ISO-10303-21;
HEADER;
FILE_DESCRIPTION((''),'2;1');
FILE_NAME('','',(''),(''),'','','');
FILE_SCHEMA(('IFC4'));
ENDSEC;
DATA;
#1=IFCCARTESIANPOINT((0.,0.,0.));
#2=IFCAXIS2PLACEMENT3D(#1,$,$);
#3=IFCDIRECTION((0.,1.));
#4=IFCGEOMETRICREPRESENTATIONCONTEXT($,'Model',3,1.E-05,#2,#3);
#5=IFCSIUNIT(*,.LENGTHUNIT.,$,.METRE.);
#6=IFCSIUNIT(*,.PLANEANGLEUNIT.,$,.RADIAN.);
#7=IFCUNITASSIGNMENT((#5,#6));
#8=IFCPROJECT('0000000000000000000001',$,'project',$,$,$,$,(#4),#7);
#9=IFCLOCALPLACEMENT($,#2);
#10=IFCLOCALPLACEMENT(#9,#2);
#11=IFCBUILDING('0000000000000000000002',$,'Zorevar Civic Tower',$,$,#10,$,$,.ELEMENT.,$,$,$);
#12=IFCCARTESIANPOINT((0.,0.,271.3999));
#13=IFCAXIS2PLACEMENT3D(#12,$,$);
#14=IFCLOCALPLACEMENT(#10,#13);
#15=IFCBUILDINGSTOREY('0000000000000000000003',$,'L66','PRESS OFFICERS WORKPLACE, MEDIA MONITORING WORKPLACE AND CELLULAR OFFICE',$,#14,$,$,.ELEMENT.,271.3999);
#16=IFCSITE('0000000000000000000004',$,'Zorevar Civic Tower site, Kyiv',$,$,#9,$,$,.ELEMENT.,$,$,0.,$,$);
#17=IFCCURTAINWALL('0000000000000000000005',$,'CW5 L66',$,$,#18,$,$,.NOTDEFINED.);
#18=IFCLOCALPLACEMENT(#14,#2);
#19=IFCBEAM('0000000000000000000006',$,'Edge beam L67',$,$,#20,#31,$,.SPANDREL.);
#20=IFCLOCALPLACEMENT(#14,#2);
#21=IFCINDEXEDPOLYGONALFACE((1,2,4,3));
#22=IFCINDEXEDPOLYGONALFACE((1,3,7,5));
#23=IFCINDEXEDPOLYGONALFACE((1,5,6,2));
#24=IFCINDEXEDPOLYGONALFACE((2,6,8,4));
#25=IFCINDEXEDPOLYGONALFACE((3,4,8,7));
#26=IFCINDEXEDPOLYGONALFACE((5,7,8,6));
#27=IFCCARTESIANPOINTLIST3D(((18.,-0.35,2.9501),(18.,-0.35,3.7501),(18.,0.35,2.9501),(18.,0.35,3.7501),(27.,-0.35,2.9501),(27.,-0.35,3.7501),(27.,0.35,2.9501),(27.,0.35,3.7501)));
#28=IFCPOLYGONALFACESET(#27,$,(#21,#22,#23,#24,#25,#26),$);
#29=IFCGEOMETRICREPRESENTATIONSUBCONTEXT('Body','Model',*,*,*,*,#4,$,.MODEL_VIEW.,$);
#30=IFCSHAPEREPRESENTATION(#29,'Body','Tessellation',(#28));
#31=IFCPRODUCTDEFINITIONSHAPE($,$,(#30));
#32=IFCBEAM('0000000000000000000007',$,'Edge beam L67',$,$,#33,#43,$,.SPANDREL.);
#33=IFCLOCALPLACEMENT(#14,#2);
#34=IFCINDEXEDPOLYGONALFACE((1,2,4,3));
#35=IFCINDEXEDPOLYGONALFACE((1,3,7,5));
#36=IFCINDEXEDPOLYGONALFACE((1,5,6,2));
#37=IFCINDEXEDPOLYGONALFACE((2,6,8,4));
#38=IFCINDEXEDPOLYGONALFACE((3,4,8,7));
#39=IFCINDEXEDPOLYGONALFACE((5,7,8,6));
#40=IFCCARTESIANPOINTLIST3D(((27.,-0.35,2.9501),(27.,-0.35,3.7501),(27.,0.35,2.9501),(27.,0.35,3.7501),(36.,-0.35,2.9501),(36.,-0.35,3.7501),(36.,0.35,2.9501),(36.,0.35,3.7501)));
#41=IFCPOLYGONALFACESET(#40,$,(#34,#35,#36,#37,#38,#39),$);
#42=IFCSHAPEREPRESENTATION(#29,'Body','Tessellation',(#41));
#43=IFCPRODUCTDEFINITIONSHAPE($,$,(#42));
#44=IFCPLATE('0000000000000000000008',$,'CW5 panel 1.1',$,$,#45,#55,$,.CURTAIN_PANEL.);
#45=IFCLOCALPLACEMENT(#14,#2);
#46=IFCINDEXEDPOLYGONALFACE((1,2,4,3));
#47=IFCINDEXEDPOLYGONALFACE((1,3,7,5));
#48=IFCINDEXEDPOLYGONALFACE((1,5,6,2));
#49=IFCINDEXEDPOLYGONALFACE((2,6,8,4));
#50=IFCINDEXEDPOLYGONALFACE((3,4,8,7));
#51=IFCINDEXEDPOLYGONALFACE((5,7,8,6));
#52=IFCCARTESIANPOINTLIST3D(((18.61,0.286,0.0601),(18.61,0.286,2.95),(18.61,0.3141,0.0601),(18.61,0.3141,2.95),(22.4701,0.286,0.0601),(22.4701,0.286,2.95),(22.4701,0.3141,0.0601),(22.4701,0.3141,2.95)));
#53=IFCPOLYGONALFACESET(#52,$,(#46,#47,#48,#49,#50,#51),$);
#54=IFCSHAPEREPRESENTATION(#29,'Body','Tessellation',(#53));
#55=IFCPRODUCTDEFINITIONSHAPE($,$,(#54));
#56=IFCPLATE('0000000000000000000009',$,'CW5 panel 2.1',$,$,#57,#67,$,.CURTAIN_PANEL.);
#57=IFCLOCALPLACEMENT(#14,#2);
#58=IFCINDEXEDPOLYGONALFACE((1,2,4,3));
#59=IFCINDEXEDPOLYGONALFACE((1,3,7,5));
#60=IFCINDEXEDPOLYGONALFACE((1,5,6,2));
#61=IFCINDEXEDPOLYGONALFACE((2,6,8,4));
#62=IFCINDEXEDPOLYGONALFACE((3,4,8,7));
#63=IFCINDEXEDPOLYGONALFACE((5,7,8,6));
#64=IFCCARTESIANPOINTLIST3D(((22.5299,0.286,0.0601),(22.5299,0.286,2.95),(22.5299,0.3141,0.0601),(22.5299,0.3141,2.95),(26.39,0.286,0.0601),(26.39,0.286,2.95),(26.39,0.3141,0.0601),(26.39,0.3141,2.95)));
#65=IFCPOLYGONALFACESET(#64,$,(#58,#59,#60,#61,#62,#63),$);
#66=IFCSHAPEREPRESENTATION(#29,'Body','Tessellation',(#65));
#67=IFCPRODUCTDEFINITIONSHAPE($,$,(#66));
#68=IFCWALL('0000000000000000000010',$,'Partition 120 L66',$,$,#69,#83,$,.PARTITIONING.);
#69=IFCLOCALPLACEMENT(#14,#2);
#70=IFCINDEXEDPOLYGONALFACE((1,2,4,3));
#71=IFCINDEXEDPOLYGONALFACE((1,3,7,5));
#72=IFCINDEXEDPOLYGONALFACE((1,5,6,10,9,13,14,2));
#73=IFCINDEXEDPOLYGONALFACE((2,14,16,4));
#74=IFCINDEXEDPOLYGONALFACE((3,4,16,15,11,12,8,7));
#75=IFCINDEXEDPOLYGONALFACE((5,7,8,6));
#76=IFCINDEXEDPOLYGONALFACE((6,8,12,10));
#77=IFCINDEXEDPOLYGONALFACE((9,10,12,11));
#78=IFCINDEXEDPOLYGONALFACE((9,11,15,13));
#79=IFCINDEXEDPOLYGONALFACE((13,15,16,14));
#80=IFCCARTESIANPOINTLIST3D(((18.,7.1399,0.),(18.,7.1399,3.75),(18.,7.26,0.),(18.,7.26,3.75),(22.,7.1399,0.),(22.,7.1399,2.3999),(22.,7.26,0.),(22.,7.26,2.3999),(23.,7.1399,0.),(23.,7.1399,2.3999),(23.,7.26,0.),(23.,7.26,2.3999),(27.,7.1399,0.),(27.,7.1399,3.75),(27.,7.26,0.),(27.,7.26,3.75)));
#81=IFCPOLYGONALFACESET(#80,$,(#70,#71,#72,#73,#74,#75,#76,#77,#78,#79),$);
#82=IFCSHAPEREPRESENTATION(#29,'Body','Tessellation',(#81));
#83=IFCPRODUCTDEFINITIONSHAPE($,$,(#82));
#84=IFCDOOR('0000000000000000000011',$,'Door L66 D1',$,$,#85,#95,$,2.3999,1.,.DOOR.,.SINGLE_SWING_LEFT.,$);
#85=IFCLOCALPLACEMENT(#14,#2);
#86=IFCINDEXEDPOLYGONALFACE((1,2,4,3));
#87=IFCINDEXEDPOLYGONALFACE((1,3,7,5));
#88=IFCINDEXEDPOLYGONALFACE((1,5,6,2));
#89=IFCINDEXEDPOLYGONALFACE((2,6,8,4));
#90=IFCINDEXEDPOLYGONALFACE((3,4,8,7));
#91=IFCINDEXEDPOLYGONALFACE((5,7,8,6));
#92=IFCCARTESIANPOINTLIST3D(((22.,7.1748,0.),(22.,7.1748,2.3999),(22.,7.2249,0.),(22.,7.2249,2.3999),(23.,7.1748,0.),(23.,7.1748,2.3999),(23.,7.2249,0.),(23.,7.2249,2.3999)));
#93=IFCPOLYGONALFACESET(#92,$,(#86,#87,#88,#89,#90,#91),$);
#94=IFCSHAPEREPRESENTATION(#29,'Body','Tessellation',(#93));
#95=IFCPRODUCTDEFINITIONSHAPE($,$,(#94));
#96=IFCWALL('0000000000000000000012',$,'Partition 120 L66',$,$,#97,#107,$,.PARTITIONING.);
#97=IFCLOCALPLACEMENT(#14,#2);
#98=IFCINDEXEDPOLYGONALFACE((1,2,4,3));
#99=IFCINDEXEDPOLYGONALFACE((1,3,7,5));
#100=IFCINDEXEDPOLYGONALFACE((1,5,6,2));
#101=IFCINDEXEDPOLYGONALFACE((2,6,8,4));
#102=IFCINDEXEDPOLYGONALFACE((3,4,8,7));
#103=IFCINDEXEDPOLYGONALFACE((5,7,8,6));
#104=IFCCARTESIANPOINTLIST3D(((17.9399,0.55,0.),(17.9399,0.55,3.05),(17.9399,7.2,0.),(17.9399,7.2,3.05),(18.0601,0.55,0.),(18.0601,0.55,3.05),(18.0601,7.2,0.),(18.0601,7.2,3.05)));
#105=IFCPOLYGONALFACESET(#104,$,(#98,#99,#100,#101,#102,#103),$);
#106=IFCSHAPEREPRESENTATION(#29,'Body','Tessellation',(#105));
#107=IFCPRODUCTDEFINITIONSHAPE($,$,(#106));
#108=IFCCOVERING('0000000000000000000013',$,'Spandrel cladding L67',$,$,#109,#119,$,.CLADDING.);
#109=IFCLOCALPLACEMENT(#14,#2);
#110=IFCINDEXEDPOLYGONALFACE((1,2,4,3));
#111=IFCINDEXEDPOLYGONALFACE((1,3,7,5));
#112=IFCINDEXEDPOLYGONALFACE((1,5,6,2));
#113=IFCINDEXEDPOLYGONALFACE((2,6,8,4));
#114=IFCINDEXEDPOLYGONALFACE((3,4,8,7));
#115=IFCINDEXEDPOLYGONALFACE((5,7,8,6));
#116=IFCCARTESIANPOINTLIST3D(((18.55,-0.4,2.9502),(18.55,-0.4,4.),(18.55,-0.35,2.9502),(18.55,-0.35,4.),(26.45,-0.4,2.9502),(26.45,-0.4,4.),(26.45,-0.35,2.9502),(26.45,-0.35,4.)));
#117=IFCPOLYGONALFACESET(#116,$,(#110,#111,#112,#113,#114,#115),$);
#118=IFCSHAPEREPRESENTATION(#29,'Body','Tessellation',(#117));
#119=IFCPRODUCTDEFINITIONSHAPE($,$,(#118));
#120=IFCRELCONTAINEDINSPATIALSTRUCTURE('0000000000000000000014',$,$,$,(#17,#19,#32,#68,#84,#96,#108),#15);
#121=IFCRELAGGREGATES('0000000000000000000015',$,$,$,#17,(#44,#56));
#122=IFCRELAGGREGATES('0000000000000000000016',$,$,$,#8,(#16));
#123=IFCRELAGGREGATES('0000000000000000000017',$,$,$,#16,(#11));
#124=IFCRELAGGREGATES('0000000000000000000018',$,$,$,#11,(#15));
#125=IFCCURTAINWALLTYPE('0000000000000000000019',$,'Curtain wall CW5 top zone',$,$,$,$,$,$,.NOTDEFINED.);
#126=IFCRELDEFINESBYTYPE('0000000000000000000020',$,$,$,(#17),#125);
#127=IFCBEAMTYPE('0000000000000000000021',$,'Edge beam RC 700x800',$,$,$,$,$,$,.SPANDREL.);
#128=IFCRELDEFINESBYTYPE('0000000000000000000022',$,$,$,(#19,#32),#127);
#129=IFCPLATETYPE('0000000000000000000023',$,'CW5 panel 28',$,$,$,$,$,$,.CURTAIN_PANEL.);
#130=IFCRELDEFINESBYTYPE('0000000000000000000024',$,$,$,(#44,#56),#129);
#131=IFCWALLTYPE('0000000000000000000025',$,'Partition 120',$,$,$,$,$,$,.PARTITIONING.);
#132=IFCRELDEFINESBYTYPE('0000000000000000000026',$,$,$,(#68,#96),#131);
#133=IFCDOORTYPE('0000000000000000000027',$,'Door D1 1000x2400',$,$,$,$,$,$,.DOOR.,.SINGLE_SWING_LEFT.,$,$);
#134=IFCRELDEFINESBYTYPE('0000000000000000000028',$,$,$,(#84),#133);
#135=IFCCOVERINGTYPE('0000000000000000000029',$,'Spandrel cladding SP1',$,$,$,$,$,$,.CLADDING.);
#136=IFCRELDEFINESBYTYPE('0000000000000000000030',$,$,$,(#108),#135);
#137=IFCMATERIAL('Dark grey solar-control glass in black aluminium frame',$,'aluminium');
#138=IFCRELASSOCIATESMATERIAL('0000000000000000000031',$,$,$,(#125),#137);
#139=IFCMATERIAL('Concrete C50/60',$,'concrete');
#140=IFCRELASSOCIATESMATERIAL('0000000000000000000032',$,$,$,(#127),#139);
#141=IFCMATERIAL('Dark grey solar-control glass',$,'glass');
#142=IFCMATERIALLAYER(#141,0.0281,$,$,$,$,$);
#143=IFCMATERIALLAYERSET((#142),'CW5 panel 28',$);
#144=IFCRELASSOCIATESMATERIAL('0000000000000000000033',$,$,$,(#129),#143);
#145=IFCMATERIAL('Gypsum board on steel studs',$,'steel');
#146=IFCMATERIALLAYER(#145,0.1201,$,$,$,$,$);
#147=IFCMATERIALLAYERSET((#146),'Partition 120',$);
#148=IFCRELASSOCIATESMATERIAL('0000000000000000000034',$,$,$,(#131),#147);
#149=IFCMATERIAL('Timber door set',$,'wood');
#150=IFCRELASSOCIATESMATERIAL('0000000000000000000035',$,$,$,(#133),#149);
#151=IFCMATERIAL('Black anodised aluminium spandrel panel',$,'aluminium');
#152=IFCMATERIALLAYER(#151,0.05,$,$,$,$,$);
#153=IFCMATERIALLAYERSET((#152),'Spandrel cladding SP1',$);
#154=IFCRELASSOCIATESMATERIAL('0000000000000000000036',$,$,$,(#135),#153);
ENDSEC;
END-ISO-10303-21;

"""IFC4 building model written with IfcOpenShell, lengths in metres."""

from ifc_helpers import new_model, si_unit, direction, frame, frame_2d, origin, origin_2d, place, context, subcontext, project, spatial, rectangle, extrude, material, layer, layer_set, material_profile, profile_set, type_object, element, fill, aggregate, save


model = new_model("IFC4")

# Units and contexts
model_context = context("Model", 3, precision=1e-05, world=origin(), true_north=direction((0.0, 1.0)))
body_context = subcontext(model_context, "Body", "Model", "MODEL_VIEW")
ifc_project = project(units=[si_unit("LENGTHUNIT", "METRE"), si_unit("PLANEANGLEUNIT", "RADIAN")], contexts=[model_context])

# Site, building, storey
site_placement = place(None, origin())
site = spatial("IfcSite", under=ifc_project, at=site_placement, Name="Zorevar Civic Tower site, Kyiv", CompositionType="ELEMENT", RefElevation=0.0)
building_placement = place(site_placement, origin())
building = spatial("IfcBuilding", under=site, at=building_placement, Name="Zorevar Civic Tower", CompositionType="ELEMENT")
storey_placement = place(building_placement, frame((0.0, 0.0, 271.3999)))
storey = spatial("IfcBuildingStorey", under=building, at=storey_placement, Name="L66", Description="PRESS OFFICERS WORKPLACE, MEDIA MONITORING WORKPLACE AND CELLULAR OFFICE", CompositionType="ELEMENT", Elevation=271.3999)

# Curtain wall
ifc_material_1 = material(Name="Dark grey solar-control glass in black aluminium frame", Category="aluminium")
curtain_wall_type = type_object("IfcCurtainWallType", Name="Curtain wall CW5 top zone", PredefinedType="NOTDEFINED", material=ifc_material_1)
curtain_wall_1_placement = place(storey_placement, origin())
curtain_wall_1 = element("IfcCurtainWall", 1, at=curtain_wall_1_placement, inside=storey, type_object=curtain_wall_type, Name="CW5 L66", PredefinedType="NOTDEFINED")

# Beams
ifc_material_2 = material(Name="Concrete C50/60", Category="concrete")
ifc_material_profile_1 = material_profile(ifc_material_2, rectangle(XDim=0.7, YDim=0.8, at=origin_2d()), Name="RC 700x800")
ifc_profile_set_1 = profile_set([ifc_material_profile_1], Name="Concrete C50/60")
beam_type_1 = type_object("IfcBeamType", Name="Edge beam RC 700x800", PredefinedType="SPANDREL", material=ifc_profile_set_1)
for number, where, z_axis, x_axis, name in (
    (2, (18.0, 0.0, 3.3501), (1.0, 0.0, 0.0), (0.0, 1.0, 0.0), "Edge beam L67"),
    (3, (27.0, 0.0, 3.3501), (1.0, 0.0, 0.0), (0.0, 1.0, 0.0), "Edge beam L67"),
):
    element("IfcBeam", number, at=place(storey_placement, frame(where, z_axis=z_axis, x_axis=x_axis)), inside=storey, type_object=beam_type_1, Name=name, PredefinedType="SPANDREL", context=body_context, shape_type="SweptSolid", body=[
        extrude(rectangle(XDim=0.7, YDim=0.8, at=origin_2d()), origin(), (0.0, 0.0, 1.0), 9.0),
    ])

# Plates
ifc_material_3 = material(Name="Dark grey solar-control glass", Category="glass")
ifc_layer_1 = layer(ifc_material_3, 0.0281)
ifc_layer_set_1 = layer_set([ifc_layer_1], Name="CW5 panel 28")
plate_type = type_object("IfcPlateType", Name="CW5 panel 28", PredefinedType="CURTAIN_PANEL", material=ifc_layer_set_1)
plate_1_placement = place(storey_placement, frame((20.54, 0.3, 0.0601), z_axis=(0.0, 0.0, 1.0), x_axis=(1.0, 0.0, 0.0)))
plate_1 = element("IfcPlate", 4, at=plate_1_placement, type_object=plate_type, Name="CW5 panel 1.1", PredefinedType="CURTAIN_PANEL", context=body_context, shape_type="SweptSolid", body=[
    extrude(rectangle(XDim=3.8601, YDim=0.0281, at=origin_2d()), origin(), (0.0, 0.0, 1.0), 2.8899),
])
plate_2_placement = place(storey_placement, frame((24.46, 0.3, 0.0601), z_axis=(0.0, 0.0, 1.0), x_axis=(1.0, 0.0, 0.0)))
plate_2 = element("IfcPlate", 5, at=plate_2_placement, type_object=plate_type, Name="CW5 panel 2.1", PredefinedType="CURTAIN_PANEL", context=body_context, shape_type="SweptSolid", body=[
    extrude(rectangle(XDim=3.8601, YDim=0.0281, at=origin_2d()), origin(), (0.0, 0.0, 1.0), 2.8899),
])
aggregate(curtain_wall_1, [plate_1, plate_2])

# Wall, opening, door
ifc_material_4 = material(Name="Gypsum board on steel studs", Category="steel")
ifc_layer_2 = layer(ifc_material_4, 0.1201)
ifc_layer_set_2 = layer_set([ifc_layer_2], Name="Partition 120")
wall_type = type_object("IfcWallType", Name="Partition 120", PredefinedType="PARTITIONING", material=ifc_layer_set_2)
wall_1_placement = place(storey_placement, frame((18.0, 7.2, 0.0), z_axis=(0.0, 0.0, 1.0), x_axis=(1.0, 0.0, 0.0)))
wall_1 = element("IfcWall", 6, at=wall_1_placement, inside=storey, type_object=wall_type, Name="Partition 120 L66", PredefinedType="PARTITIONING", context=body_context, shape_type="SweptSolid", body=[
    extrude(rectangle(XDim=9.0, YDim=0.1201, at=frame_2d((4.5, 0.0))), origin(), (0.0, 0.0, 1.0), 3.75),
])
opening_placement = place(wall_1_placement, frame((4.0, 0.0, 0.0)))
opening = element("IfcOpeningElement", 7, at=opening_placement, cuts=wall_1, PredefinedType="OPENING", context=body_context, shape_type="SweptSolid", body=[
    extrude(rectangle(XDim=1.0, YDim=2.3999, at=frame_2d((0.5, 1.2))), frame((0.0, 0.0701, 0.0), z_axis=(0.0, -1.0, 0.0), x_axis=(1.0, 0.0, 0.0)), (0.0, 0.0, 1.0), 0.1401),
])
ifc_material_5 = material(Name="Timber door set", Category="wood")
door_type = type_object("IfcDoorType", Name="Door D1 1000x2400", OperationType="SINGLE_SWING_LEFT", PredefinedType="DOOR", material=ifc_material_5)
door_placement = place(opening_placement, origin())
door = element("IfcDoor", 8, at=door_placement, inside=storey, type_object=door_type, Name="Door L66 D1", OperationType="SINGLE_SWING_LEFT", OverallHeight=2.3999, OverallWidth=1.0, PredefinedType="DOOR", context=body_context, shape_type="SweptSolid", body=[
    extrude(rectangle(XDim=1.0, YDim=2.3999, at=frame_2d((0.5, 1.2))), frame((0.0, 0.0249, 0.0), z_axis=(0.0, -1.0, 0.0), x_axis=(1.0, 0.0, 0.0)), (0.0, 0.0, 1.0), 0.05),
])
fill(opening, door)

# Wall
wall_2_placement = place(storey_placement, frame((18.0, 0.55, 0.0), z_axis=(0.0, 0.0, 1.0), x_axis=(0.0, 1.0, 0.0)))
element("IfcWall", 9, at=wall_2_placement, inside=storey, type_object=wall_type, Name="Partition 120 L66", PredefinedType="PARTITIONING", context=body_context, shape_type="SweptSolid", body=[
    extrude(rectangle(XDim=6.6499, YDim=0.1201, at=frame_2d((3.325, 0.0))), origin(), (0.0, 0.0, 1.0), 3.05),
])

# Covering
ifc_material_6 = material(Name="Black anodised aluminium spandrel panel", Category="aluminium")
ifc_layer_3 = layer(ifc_material_6, 0.05)
ifc_layer_set_3 = layer_set([ifc_layer_3], Name="Spandrel cladding SP1")
covering_type = type_object("IfcCoveringType", Name="Spandrel cladding SP1", PredefinedType="CLADDING", material=ifc_layer_set_3)
covering_placement = place(storey_placement, frame((18.55, -0.375, 2.9502), z_axis=(0.0, 0.0, 1.0), x_axis=(1.0, 0.0, 0.0)))
element("IfcCovering", 10, at=covering_placement, inside=storey, type_object=covering_type, Name="Spandrel cladding L67", PredefinedType="CLADDING", context=body_context, shape_type="SweptSolid", body=[
    extrude(rectangle(XDim=7.8999, YDim=0.05, at=frame_2d((3.95, 0.0))), origin(), (0.0, 0.0, 1.0), 1.0498),
])

save(model, "model.ifc")
